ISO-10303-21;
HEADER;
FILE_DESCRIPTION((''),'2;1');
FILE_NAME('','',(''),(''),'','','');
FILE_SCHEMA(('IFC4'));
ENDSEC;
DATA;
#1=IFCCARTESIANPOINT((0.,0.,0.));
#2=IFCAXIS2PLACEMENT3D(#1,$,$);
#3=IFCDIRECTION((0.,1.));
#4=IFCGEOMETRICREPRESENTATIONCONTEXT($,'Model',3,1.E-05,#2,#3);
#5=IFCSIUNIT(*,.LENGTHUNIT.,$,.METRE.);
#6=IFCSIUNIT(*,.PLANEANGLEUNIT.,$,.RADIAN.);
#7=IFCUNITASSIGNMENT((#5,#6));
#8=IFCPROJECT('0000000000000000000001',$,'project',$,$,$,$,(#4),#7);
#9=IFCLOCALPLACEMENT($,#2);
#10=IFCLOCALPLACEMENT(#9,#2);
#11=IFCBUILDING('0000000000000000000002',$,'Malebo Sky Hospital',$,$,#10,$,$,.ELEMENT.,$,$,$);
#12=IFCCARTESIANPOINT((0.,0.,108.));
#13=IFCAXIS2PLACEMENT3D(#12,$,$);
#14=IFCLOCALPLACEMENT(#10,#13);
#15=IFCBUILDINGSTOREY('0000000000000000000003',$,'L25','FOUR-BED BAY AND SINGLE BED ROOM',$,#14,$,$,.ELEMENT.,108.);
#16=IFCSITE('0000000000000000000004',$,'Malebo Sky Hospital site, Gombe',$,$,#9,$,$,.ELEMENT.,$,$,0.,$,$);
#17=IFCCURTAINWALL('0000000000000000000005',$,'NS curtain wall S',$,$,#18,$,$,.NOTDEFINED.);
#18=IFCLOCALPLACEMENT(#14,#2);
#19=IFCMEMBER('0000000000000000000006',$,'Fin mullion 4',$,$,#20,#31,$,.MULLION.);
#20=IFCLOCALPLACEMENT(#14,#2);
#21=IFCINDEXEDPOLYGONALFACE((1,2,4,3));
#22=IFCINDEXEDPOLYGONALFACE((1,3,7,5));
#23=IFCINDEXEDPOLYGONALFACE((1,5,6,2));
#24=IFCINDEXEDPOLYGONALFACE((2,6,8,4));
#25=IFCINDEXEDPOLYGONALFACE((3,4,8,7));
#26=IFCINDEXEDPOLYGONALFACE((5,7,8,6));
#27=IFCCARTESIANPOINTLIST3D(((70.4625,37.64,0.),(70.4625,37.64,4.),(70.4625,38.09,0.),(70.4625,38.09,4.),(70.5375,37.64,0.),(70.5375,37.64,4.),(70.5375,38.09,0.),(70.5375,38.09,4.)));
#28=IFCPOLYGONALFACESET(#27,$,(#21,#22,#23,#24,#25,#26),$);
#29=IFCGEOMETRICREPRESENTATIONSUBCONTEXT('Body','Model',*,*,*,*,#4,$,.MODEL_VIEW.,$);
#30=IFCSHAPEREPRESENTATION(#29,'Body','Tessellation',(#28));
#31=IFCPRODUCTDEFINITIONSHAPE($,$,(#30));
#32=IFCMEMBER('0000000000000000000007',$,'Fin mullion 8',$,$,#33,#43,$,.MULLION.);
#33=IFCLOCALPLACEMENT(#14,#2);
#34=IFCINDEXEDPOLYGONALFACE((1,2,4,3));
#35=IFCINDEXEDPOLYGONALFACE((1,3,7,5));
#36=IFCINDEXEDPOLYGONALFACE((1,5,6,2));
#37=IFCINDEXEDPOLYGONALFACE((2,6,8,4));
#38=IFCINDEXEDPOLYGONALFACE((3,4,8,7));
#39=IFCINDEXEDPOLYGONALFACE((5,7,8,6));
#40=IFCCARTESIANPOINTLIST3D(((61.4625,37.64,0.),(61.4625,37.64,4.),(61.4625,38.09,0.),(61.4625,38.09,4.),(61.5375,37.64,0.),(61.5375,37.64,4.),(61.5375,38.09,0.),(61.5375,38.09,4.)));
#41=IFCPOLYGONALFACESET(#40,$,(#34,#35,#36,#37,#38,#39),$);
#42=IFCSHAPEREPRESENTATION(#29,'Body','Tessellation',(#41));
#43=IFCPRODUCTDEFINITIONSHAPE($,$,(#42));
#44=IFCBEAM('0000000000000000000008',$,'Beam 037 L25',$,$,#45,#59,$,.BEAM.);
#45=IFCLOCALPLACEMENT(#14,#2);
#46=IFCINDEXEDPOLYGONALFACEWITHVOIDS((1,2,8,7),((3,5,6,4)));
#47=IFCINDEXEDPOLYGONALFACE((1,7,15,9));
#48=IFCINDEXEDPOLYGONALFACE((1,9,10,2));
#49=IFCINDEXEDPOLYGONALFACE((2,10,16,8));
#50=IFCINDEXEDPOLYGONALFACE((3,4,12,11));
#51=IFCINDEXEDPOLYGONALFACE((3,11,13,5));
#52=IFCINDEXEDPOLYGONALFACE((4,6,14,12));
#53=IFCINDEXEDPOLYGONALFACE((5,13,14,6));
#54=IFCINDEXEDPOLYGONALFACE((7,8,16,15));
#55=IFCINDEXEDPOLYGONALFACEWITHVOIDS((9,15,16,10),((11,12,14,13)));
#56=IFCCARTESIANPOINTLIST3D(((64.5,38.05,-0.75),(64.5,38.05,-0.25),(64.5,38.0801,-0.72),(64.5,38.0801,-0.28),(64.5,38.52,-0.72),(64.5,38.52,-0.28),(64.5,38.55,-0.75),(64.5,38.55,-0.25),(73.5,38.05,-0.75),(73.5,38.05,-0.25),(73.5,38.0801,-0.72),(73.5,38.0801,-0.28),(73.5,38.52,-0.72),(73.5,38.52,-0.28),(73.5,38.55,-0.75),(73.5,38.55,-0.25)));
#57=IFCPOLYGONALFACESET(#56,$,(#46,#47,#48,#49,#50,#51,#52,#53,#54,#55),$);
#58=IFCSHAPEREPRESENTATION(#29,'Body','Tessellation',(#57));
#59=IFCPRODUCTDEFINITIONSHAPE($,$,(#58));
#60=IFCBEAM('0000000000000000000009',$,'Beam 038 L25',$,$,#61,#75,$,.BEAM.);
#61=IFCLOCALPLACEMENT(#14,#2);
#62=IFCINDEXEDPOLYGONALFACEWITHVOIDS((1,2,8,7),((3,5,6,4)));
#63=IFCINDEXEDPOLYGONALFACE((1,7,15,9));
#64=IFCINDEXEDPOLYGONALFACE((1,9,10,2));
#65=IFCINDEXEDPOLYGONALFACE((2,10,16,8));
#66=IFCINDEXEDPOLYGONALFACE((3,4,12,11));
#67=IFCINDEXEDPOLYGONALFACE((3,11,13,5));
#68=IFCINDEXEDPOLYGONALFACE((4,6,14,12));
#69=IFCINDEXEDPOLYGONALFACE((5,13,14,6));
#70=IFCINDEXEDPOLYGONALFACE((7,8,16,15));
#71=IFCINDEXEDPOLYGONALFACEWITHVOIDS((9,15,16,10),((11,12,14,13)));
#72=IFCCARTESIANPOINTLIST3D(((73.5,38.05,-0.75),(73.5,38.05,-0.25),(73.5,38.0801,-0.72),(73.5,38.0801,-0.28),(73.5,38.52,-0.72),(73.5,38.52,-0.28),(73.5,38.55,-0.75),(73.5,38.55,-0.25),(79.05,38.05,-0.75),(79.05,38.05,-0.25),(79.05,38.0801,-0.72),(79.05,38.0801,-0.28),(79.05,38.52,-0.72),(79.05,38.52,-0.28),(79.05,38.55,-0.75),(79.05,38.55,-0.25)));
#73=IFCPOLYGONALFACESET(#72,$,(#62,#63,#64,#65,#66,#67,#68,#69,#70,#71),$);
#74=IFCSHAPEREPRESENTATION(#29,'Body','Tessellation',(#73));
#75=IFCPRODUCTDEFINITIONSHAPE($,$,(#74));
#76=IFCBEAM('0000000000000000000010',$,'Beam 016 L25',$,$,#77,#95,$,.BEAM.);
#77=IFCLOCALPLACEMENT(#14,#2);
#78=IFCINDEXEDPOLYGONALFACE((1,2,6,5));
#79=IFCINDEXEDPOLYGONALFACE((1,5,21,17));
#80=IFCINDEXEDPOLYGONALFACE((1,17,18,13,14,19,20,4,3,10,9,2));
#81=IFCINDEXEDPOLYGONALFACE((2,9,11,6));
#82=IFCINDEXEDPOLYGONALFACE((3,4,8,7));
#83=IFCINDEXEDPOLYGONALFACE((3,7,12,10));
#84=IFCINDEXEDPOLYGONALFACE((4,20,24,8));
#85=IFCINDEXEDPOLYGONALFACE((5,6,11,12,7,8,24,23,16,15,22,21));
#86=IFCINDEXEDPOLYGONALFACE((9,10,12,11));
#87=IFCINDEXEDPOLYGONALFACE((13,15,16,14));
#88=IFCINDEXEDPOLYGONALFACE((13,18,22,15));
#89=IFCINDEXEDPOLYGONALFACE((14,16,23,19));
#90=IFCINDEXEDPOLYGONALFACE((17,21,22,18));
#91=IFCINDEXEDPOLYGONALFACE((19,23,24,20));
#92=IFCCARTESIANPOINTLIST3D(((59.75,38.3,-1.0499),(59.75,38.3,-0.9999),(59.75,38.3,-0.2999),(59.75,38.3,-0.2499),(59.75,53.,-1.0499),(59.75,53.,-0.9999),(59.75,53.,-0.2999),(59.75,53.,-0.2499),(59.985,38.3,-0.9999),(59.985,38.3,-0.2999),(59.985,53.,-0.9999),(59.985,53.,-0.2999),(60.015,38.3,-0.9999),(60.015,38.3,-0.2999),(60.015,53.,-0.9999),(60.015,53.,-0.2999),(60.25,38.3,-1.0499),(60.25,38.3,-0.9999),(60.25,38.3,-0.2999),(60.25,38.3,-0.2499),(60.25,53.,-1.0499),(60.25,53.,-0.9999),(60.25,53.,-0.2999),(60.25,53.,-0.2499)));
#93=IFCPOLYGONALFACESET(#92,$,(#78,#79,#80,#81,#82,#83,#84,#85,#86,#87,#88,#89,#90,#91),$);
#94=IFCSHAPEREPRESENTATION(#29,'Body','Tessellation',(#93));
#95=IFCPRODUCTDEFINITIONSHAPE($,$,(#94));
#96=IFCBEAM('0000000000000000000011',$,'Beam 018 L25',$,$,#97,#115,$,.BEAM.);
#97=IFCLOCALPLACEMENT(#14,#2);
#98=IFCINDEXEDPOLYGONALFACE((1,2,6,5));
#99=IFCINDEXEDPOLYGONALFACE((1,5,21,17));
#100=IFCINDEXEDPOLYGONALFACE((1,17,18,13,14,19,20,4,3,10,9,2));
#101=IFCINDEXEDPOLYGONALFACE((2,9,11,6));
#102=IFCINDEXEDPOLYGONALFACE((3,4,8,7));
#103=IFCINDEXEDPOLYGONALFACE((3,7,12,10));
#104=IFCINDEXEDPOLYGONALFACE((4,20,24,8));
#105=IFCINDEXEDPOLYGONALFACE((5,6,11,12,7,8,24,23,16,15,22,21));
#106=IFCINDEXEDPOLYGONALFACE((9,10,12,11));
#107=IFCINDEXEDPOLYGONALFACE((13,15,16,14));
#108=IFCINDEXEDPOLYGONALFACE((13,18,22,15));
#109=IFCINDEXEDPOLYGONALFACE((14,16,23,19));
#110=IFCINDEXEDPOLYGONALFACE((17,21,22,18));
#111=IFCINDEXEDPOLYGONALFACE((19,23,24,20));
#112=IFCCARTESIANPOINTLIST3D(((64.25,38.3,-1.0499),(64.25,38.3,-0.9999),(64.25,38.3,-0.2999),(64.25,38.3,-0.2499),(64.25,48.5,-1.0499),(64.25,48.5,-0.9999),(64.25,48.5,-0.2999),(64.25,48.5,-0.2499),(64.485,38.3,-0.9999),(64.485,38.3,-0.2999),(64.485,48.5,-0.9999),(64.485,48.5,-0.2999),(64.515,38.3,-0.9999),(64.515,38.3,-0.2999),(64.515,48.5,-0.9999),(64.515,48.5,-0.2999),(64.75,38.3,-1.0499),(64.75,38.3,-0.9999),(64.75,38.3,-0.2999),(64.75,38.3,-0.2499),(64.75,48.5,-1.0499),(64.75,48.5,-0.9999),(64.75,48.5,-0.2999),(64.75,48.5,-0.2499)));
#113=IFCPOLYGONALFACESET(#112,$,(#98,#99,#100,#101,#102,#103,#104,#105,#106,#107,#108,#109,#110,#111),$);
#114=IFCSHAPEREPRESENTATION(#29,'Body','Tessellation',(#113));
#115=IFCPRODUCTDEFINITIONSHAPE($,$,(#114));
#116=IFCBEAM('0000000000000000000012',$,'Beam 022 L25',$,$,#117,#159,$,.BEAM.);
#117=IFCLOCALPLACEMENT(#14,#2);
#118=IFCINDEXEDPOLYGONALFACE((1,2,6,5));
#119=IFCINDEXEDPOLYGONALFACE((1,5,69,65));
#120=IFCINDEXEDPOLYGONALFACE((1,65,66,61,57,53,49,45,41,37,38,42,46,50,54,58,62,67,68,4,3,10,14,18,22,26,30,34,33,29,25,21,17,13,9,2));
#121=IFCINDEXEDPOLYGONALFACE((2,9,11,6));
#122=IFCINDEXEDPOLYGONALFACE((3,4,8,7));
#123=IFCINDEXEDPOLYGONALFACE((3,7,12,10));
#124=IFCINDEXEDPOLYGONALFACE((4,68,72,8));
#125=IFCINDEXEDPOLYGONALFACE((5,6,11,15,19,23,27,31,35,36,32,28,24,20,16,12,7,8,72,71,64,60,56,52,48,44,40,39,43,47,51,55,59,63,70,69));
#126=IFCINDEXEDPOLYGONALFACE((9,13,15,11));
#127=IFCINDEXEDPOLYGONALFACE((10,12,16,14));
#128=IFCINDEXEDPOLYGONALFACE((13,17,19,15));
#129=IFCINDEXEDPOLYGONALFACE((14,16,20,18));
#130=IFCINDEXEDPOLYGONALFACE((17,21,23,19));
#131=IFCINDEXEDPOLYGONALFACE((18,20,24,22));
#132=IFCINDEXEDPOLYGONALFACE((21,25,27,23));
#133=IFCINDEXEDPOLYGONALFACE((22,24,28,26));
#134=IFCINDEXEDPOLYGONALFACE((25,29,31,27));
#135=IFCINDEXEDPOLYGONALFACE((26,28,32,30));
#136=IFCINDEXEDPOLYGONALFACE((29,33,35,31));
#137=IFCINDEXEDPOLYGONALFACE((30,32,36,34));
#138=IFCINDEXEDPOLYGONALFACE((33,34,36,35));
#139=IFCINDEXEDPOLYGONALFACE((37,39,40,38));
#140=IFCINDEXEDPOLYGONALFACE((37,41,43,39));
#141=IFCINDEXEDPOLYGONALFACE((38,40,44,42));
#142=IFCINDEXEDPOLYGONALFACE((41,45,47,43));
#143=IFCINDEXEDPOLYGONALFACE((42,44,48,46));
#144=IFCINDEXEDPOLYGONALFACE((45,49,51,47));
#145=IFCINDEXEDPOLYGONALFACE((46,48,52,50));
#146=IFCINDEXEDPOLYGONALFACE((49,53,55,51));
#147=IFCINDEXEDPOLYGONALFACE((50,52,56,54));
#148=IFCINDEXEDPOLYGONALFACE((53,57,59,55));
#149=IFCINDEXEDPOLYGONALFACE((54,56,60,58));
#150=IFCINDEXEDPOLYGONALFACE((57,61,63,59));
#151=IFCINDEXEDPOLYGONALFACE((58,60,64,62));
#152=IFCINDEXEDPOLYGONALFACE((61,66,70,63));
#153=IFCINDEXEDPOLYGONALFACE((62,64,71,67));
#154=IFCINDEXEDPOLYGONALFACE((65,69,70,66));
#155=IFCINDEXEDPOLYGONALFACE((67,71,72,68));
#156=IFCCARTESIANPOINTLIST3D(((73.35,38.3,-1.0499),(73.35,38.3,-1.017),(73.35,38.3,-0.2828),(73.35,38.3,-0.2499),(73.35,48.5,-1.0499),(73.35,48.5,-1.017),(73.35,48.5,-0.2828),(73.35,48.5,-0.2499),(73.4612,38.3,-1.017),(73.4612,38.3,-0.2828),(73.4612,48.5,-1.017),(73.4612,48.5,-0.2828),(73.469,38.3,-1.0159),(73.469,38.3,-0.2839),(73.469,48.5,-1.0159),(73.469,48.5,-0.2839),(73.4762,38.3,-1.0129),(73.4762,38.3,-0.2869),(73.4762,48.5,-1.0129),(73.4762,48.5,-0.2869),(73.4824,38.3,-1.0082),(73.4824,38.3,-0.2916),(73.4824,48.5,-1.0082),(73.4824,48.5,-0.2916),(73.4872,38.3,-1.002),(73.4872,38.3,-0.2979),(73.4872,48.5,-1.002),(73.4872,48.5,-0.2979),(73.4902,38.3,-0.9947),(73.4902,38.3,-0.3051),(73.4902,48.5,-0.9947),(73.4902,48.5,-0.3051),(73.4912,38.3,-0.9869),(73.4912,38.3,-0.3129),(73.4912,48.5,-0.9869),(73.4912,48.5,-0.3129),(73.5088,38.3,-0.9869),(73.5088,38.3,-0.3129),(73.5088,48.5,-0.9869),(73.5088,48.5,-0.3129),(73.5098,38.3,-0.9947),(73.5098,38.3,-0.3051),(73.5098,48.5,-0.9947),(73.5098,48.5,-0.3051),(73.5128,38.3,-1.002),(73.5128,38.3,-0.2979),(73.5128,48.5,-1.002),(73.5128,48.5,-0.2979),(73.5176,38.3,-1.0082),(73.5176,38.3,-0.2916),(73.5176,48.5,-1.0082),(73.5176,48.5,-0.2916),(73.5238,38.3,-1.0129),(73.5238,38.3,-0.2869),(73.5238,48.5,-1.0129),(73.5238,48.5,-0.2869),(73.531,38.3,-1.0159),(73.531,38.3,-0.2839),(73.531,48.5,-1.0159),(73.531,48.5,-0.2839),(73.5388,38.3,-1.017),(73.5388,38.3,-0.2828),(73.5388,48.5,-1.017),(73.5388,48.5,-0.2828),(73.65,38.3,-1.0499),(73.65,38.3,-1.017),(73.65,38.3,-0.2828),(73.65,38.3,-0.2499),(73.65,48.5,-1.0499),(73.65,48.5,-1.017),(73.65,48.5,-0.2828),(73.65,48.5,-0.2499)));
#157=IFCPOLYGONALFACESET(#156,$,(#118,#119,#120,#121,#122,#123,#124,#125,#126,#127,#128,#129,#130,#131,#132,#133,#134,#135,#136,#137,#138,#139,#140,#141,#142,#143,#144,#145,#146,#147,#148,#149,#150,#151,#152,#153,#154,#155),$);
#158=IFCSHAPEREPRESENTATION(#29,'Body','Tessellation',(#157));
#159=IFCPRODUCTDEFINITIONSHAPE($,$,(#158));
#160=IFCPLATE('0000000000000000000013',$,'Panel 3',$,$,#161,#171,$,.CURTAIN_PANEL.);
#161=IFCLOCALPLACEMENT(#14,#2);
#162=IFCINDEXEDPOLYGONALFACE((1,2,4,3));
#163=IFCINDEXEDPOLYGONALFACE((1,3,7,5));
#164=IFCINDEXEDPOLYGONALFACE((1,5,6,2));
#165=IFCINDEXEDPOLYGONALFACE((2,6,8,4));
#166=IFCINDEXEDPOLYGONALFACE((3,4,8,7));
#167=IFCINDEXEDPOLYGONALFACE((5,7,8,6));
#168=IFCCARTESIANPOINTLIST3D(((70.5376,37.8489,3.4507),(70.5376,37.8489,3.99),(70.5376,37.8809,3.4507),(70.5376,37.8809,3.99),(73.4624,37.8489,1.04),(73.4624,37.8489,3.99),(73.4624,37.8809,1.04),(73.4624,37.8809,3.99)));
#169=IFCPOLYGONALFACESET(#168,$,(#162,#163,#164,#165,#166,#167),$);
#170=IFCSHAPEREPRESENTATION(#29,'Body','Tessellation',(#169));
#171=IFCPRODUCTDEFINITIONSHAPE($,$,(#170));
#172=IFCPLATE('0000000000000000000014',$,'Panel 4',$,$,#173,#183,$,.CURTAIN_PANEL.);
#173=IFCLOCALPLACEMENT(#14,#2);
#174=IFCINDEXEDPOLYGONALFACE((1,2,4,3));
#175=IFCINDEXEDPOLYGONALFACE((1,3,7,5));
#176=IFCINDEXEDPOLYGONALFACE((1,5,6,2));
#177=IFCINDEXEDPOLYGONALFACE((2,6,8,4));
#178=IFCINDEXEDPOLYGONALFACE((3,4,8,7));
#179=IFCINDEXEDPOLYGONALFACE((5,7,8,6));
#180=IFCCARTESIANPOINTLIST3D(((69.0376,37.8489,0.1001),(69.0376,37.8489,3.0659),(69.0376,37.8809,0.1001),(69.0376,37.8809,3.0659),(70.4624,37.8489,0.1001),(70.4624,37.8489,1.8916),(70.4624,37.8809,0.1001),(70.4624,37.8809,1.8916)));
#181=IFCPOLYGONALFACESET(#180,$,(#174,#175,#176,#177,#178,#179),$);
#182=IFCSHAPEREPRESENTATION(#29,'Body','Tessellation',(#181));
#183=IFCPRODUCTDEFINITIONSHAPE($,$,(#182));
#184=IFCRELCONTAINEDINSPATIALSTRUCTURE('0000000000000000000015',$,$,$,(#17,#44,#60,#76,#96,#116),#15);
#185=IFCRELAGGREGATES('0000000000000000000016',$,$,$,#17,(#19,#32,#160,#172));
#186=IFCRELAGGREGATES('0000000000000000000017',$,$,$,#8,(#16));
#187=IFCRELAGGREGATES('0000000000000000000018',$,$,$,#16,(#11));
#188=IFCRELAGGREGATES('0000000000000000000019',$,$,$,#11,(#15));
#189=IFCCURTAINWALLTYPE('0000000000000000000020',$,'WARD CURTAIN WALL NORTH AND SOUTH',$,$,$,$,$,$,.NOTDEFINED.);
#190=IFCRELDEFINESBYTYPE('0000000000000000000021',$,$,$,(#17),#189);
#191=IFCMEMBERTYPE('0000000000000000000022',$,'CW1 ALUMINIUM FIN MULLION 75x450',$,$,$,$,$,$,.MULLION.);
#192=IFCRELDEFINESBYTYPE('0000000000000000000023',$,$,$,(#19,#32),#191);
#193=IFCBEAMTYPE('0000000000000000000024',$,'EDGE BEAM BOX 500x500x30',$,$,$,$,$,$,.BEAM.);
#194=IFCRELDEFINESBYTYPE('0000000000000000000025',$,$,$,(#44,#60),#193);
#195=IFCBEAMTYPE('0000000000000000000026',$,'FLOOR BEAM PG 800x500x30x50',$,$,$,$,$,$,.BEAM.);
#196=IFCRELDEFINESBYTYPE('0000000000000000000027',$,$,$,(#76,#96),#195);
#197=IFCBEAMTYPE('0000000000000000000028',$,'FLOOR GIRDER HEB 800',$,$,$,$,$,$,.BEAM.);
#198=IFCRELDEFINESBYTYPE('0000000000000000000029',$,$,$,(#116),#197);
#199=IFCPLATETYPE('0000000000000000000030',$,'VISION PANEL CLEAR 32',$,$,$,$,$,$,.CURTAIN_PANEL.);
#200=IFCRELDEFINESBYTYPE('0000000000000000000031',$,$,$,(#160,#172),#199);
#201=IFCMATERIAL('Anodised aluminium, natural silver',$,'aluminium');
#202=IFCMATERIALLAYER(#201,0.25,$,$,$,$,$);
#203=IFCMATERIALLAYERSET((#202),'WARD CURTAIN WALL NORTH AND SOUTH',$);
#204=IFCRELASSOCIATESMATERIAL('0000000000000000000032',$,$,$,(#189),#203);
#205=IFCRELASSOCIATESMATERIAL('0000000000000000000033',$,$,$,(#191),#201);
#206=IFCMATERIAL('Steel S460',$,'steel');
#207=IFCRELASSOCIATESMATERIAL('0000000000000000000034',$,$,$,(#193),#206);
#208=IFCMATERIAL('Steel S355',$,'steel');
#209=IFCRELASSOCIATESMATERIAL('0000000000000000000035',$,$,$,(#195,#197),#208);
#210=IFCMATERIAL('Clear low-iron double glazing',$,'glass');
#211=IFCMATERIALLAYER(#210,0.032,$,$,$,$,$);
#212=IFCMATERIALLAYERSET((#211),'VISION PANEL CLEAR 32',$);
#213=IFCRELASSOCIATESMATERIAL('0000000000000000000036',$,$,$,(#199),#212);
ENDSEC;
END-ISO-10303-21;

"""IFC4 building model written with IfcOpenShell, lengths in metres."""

from ifc_helpers import new_model, si_unit, direction, frame, origin, origin_2d, place, context, subcontext, project, spatial, polyline, rectangle, hollow_rectangle, i_section, outline, extrude, material, layer, layer_set, material_profile, profile_set, type_object, element, aggregate, save


model = new_model("IFC4")

# Units and contexts
model_context = context("Model", 3, precision=1e-05, world=origin(), true_north=direction((0.0, 1.0)))
body_context = subcontext(model_context, "Body", "Model", "MODEL_VIEW")
ifc_project = project(units=[si_unit("LENGTHUNIT", "METRE"), si_unit("PLANEANGLEUNIT", "RADIAN")], contexts=[model_context])

# Site, building, storey
site_placement = place(None, origin())
site = spatial("IfcSite", under=ifc_project, at=site_placement, Name="Malebo Sky Hospital site, Gombe", CompositionType="ELEMENT", RefElevation=0.0)
building_placement = place(site_placement, origin())
building = spatial("IfcBuilding", under=site, at=building_placement, Name="Malebo Sky Hospital", CompositionType="ELEMENT")
storey_placement = place(building_placement, frame((0.0, 0.0, 108.0)))
storey = spatial("IfcBuildingStorey", under=building, at=storey_placement, Name="L25", Description="FOUR-BED BAY AND SINGLE BED ROOM", CompositionType="ELEMENT", Elevation=108.0)

# Shared definitions
ifc_material_1 = material(Name="Steel S460", Category="steel")

# Curtain wall, members
ifc_material_2 = material(Name="Anodised aluminium, natural silver", Category="aluminium")
ifc_layer_1 = layer(ifc_material_2, 0.25)
ifc_layer_set_1 = layer_set([ifc_layer_1], Name="WARD CURTAIN WALL NORTH AND SOUTH")
curtain_wall_type = type_object("IfcCurtainWallType", Name="WARD CURTAIN WALL NORTH AND SOUTH", PredefinedType="NOTDEFINED", material=ifc_layer_set_1)
curtain_wall_placement = place(storey_placement, origin())
curtain_wall = element("IfcCurtainWall", 1, at=curtain_wall_placement, inside=storey, type_object=curtain_wall_type, Name="NS curtain wall S", PredefinedType="NOTDEFINED")
ifc_material_profile_1 = material_profile(ifc_material_2, rectangle(XDim=0.075, YDim=0.45, at=origin_2d()), Name="CW1 ALUMINIUM FIN MULLION 75x450")
ifc_profile_set_1 = profile_set([ifc_material_profile_1], Name="Anodised aluminium, natural silver")
member_type_1 = type_object("IfcMemberType", Name="CW1 ALUMINIUM FIN MULLION 75x450", PredefinedType="MULLION", material=ifc_profile_set_1)
member_1_placement = place(storey_placement, frame((70.5, 37.865, 0.0), z_axis=(0.0, 0.0, 1.0), x_axis=(-1.0, 0.0, 0.0)))
member_1 = element("IfcMember", 2, at=member_1_placement, type_object=member_type_1, Name="Fin mullion 4", PredefinedType="MULLION", context=body_context, shape_type="SweptSolid", body=[
    extrude(rectangle(XDim=0.075, YDim=0.45, at=origin_2d()), origin(), (0.0, 0.0, 1.0), 4.0),
])
member_2_placement = place(storey_placement, frame((61.5, 37.865, 0.0), z_axis=(0.0, 0.0, 1.0), x_axis=(-1.0, 0.0, 0.0)))
member_2 = element("IfcMember", 3, at=member_2_placement, type_object=member_type_1, Name="Fin mullion 8", PredefinedType="MULLION", context=body_context, shape_type="SweptSolid", body=[
    extrude(rectangle(XDim=0.075, YDim=0.45, at=origin_2d()), origin(), (0.0, 0.0, 1.0), 4.0),
])

# Beams
ifc_material_profile_2 = material_profile(ifc_material_1, hollow_rectangle(XDim=0.5, YDim=0.5, WallThickness=0.03, at=origin_2d()), Name="BOX 500x500x30")
ifc_profile_set_2 = profile_set([ifc_material_profile_2], Name="Steel S460")
beam_type_1 = type_object("IfcBeamType", Name="EDGE BEAM BOX 500x500x30", PredefinedType="BEAM", material=ifc_profile_set_2)
beam_1_placement = place(storey_placement, frame((64.5, 38.3, -0.5), z_axis=(1.0, 0.0, 0.0), x_axis=(0.0, 1.0, 0.0)))
element("IfcBeam", 4, at=beam_1_placement, inside=storey, type_object=beam_type_1, Name="Beam 037 L25", PredefinedType="BEAM", context=body_context, shape_type="SweptSolid", body=[
    extrude(hollow_rectangle(XDim=0.5, YDim=0.5, WallThickness=0.03, at=origin_2d()), origin(), (0.0, 0.0, 1.0), 9.0),
])
beam_2_placement = place(storey_placement, frame((73.5, 38.3, -0.5), z_axis=(1.0, 0.0, 0.0), x_axis=(0.0, 1.0, 0.0)))
element("IfcBeam", 5, at=beam_2_placement, inside=storey, type_object=beam_type_1, Name="Beam 038 L25", PredefinedType="BEAM", context=body_context, shape_type="SweptSolid", body=[
    extrude(hollow_rectangle(XDim=0.5, YDim=0.5, WallThickness=0.03, at=origin_2d()), origin(), (0.0, 0.0, 1.0), 5.55),
])
ifc_material_3 = material(Name="Steel S355", Category="steel")
ifc_material_profile_3 = material_profile(ifc_material_3, i_section(OverallWidth=0.5, OverallDepth=0.8, WebThickness=0.03, FlangeThickness=0.05, at=origin_2d()), Name="PG 800x500x30x50")
ifc_profile_set_3 = profile_set([ifc_material_profile_3], Name="Steel S355")
beam_type_2 = type_object("IfcBeamType", Name="FLOOR BEAM PG 800x500x30x50", PredefinedType="BEAM", material=ifc_profile_set_3)
beam_3_placement = place(storey_placement, frame((60.0, 38.3, -0.6499), z_axis=(0.0, 1.0, 0.0), x_axis=(-1.0, 0.0, 0.0)))
element("IfcBeam", 6, at=beam_3_placement, inside=storey, type_object=beam_type_2, Name="Beam 016 L25", PredefinedType="BEAM", context=body_context, shape_type="SweptSolid", body=[
    extrude(i_section(OverallWidth=0.5, OverallDepth=0.8, WebThickness=0.03, FlangeThickness=0.05, at=origin_2d()), origin(), (0.0, 0.0, 1.0), 14.7),
])
beam_4_placement = place(storey_placement, frame((64.5, 38.3, -0.6499), z_axis=(0.0, 1.0, 0.0), x_axis=(-1.0, 0.0, 0.0)))
element("IfcBeam", 7, at=beam_4_placement, inside=storey, type_object=beam_type_2, Name="Beam 018 L25", PredefinedType="BEAM", context=body_context, shape_type="SweptSolid", body=[
    extrude(i_section(OverallWidth=0.5, OverallDepth=0.8, WebThickness=0.03, FlangeThickness=0.05, at=origin_2d()), origin(), (0.0, 0.0, 1.0), 10.2),
])
ifc_material_profile_4 = material_profile(ifc_material_3, i_section(OverallWidth=0.3, OverallDepth=0.8, WebThickness=0.0176, FlangeThickness=0.033, FilletRadius=0.03, at=origin_2d()), Name="HEB 800")
ifc_profile_set_4 = profile_set([ifc_material_profile_4], Name="Steel S355")
beam_type_3 = type_object("IfcBeamType", Name="FLOOR GIRDER HEB 800", PredefinedType="BEAM", material=ifc_profile_set_4)
beam_5_placement = place(storey_placement, frame((73.5, 38.3, -0.6499), z_axis=(0.0, 1.0, 0.0), x_axis=(-1.0, 0.0, 0.0)))
element("IfcBeam", 8, at=beam_5_placement, inside=storey, type_object=beam_type_3, Name="Beam 022 L25", PredefinedType="BEAM", context=body_context, shape_type="SweptSolid", body=[
    extrude(i_section(OverallWidth=0.3, OverallDepth=0.8, WebThickness=0.0176, FlangeThickness=0.033, FilletRadius=0.03, at=origin_2d()), origin(), (0.0, 0.0, 1.0), 10.2),
])

# Plates
ifc_material_4 = material(Name="Clear low-iron double glazing", Category="glass")
ifc_layer_2 = layer(ifc_material_4, 0.032)
ifc_layer_set_2 = layer_set([ifc_layer_2], Name="VISION PANEL CLEAR 32")
plate_type = type_object("IfcPlateType", Name="VISION PANEL CLEAR 32", PredefinedType="CURTAIN_PANEL", material=ifc_layer_set_2)
plate_1_placement = place(storey_placement, frame((72.0, 37.865, 1.04), z_axis=(0.0, 0.0, 1.0), x_axis=(-1.0, 0.0, 0.0)))
plate_1 = element("IfcPlate", 9, at=plate_1_placement, type_object=plate_type, Name="Panel 3", PredefinedType="CURTAIN_PANEL", context=body_context, shape_type="SweptSolid", body=[
    extrude(outline(polyline([(-1.4624, 0.0), (1.4624, 2.4106), (1.4624, 2.95), (-1.4624, 2.95), (-1.4624, 0.0)])), frame((0.0, 0.0161, 0.0), z_axis=(0.0, -1.0, 0.0), x_axis=(1.0, 0.0, 0.0)), (0.0, 0.0, 1.0), 0.032),
])
plate_2_placement = place(storey_placement, frame((69.75, 37.865, 0.1001), z_axis=(0.0, 0.0, 1.0), x_axis=(-1.0, 0.0, 0.0)))
plate_2 = element("IfcPlate", 10, at=plate_2_placement, type_object=plate_type, Name="Panel 4", PredefinedType="CURTAIN_PANEL", context=body_context, shape_type="SweptSolid", body=[
    extrude(outline(polyline([(-0.7124, 0.0), (0.7124, 0.0), (0.7124, 2.9658), (-0.7124, 1.7915), (-0.7124, 0.0)])), frame((0.0, 0.0161, 0.0), z_axis=(0.0, -1.0, 0.0), x_axis=(1.0, 0.0, 0.0)), (0.0, 0.0, 1.0), 0.032),
])
aggregate(curtain_wall, [member_1, member_2, plate_1, plate_2])

save(model, "model.ifc")
